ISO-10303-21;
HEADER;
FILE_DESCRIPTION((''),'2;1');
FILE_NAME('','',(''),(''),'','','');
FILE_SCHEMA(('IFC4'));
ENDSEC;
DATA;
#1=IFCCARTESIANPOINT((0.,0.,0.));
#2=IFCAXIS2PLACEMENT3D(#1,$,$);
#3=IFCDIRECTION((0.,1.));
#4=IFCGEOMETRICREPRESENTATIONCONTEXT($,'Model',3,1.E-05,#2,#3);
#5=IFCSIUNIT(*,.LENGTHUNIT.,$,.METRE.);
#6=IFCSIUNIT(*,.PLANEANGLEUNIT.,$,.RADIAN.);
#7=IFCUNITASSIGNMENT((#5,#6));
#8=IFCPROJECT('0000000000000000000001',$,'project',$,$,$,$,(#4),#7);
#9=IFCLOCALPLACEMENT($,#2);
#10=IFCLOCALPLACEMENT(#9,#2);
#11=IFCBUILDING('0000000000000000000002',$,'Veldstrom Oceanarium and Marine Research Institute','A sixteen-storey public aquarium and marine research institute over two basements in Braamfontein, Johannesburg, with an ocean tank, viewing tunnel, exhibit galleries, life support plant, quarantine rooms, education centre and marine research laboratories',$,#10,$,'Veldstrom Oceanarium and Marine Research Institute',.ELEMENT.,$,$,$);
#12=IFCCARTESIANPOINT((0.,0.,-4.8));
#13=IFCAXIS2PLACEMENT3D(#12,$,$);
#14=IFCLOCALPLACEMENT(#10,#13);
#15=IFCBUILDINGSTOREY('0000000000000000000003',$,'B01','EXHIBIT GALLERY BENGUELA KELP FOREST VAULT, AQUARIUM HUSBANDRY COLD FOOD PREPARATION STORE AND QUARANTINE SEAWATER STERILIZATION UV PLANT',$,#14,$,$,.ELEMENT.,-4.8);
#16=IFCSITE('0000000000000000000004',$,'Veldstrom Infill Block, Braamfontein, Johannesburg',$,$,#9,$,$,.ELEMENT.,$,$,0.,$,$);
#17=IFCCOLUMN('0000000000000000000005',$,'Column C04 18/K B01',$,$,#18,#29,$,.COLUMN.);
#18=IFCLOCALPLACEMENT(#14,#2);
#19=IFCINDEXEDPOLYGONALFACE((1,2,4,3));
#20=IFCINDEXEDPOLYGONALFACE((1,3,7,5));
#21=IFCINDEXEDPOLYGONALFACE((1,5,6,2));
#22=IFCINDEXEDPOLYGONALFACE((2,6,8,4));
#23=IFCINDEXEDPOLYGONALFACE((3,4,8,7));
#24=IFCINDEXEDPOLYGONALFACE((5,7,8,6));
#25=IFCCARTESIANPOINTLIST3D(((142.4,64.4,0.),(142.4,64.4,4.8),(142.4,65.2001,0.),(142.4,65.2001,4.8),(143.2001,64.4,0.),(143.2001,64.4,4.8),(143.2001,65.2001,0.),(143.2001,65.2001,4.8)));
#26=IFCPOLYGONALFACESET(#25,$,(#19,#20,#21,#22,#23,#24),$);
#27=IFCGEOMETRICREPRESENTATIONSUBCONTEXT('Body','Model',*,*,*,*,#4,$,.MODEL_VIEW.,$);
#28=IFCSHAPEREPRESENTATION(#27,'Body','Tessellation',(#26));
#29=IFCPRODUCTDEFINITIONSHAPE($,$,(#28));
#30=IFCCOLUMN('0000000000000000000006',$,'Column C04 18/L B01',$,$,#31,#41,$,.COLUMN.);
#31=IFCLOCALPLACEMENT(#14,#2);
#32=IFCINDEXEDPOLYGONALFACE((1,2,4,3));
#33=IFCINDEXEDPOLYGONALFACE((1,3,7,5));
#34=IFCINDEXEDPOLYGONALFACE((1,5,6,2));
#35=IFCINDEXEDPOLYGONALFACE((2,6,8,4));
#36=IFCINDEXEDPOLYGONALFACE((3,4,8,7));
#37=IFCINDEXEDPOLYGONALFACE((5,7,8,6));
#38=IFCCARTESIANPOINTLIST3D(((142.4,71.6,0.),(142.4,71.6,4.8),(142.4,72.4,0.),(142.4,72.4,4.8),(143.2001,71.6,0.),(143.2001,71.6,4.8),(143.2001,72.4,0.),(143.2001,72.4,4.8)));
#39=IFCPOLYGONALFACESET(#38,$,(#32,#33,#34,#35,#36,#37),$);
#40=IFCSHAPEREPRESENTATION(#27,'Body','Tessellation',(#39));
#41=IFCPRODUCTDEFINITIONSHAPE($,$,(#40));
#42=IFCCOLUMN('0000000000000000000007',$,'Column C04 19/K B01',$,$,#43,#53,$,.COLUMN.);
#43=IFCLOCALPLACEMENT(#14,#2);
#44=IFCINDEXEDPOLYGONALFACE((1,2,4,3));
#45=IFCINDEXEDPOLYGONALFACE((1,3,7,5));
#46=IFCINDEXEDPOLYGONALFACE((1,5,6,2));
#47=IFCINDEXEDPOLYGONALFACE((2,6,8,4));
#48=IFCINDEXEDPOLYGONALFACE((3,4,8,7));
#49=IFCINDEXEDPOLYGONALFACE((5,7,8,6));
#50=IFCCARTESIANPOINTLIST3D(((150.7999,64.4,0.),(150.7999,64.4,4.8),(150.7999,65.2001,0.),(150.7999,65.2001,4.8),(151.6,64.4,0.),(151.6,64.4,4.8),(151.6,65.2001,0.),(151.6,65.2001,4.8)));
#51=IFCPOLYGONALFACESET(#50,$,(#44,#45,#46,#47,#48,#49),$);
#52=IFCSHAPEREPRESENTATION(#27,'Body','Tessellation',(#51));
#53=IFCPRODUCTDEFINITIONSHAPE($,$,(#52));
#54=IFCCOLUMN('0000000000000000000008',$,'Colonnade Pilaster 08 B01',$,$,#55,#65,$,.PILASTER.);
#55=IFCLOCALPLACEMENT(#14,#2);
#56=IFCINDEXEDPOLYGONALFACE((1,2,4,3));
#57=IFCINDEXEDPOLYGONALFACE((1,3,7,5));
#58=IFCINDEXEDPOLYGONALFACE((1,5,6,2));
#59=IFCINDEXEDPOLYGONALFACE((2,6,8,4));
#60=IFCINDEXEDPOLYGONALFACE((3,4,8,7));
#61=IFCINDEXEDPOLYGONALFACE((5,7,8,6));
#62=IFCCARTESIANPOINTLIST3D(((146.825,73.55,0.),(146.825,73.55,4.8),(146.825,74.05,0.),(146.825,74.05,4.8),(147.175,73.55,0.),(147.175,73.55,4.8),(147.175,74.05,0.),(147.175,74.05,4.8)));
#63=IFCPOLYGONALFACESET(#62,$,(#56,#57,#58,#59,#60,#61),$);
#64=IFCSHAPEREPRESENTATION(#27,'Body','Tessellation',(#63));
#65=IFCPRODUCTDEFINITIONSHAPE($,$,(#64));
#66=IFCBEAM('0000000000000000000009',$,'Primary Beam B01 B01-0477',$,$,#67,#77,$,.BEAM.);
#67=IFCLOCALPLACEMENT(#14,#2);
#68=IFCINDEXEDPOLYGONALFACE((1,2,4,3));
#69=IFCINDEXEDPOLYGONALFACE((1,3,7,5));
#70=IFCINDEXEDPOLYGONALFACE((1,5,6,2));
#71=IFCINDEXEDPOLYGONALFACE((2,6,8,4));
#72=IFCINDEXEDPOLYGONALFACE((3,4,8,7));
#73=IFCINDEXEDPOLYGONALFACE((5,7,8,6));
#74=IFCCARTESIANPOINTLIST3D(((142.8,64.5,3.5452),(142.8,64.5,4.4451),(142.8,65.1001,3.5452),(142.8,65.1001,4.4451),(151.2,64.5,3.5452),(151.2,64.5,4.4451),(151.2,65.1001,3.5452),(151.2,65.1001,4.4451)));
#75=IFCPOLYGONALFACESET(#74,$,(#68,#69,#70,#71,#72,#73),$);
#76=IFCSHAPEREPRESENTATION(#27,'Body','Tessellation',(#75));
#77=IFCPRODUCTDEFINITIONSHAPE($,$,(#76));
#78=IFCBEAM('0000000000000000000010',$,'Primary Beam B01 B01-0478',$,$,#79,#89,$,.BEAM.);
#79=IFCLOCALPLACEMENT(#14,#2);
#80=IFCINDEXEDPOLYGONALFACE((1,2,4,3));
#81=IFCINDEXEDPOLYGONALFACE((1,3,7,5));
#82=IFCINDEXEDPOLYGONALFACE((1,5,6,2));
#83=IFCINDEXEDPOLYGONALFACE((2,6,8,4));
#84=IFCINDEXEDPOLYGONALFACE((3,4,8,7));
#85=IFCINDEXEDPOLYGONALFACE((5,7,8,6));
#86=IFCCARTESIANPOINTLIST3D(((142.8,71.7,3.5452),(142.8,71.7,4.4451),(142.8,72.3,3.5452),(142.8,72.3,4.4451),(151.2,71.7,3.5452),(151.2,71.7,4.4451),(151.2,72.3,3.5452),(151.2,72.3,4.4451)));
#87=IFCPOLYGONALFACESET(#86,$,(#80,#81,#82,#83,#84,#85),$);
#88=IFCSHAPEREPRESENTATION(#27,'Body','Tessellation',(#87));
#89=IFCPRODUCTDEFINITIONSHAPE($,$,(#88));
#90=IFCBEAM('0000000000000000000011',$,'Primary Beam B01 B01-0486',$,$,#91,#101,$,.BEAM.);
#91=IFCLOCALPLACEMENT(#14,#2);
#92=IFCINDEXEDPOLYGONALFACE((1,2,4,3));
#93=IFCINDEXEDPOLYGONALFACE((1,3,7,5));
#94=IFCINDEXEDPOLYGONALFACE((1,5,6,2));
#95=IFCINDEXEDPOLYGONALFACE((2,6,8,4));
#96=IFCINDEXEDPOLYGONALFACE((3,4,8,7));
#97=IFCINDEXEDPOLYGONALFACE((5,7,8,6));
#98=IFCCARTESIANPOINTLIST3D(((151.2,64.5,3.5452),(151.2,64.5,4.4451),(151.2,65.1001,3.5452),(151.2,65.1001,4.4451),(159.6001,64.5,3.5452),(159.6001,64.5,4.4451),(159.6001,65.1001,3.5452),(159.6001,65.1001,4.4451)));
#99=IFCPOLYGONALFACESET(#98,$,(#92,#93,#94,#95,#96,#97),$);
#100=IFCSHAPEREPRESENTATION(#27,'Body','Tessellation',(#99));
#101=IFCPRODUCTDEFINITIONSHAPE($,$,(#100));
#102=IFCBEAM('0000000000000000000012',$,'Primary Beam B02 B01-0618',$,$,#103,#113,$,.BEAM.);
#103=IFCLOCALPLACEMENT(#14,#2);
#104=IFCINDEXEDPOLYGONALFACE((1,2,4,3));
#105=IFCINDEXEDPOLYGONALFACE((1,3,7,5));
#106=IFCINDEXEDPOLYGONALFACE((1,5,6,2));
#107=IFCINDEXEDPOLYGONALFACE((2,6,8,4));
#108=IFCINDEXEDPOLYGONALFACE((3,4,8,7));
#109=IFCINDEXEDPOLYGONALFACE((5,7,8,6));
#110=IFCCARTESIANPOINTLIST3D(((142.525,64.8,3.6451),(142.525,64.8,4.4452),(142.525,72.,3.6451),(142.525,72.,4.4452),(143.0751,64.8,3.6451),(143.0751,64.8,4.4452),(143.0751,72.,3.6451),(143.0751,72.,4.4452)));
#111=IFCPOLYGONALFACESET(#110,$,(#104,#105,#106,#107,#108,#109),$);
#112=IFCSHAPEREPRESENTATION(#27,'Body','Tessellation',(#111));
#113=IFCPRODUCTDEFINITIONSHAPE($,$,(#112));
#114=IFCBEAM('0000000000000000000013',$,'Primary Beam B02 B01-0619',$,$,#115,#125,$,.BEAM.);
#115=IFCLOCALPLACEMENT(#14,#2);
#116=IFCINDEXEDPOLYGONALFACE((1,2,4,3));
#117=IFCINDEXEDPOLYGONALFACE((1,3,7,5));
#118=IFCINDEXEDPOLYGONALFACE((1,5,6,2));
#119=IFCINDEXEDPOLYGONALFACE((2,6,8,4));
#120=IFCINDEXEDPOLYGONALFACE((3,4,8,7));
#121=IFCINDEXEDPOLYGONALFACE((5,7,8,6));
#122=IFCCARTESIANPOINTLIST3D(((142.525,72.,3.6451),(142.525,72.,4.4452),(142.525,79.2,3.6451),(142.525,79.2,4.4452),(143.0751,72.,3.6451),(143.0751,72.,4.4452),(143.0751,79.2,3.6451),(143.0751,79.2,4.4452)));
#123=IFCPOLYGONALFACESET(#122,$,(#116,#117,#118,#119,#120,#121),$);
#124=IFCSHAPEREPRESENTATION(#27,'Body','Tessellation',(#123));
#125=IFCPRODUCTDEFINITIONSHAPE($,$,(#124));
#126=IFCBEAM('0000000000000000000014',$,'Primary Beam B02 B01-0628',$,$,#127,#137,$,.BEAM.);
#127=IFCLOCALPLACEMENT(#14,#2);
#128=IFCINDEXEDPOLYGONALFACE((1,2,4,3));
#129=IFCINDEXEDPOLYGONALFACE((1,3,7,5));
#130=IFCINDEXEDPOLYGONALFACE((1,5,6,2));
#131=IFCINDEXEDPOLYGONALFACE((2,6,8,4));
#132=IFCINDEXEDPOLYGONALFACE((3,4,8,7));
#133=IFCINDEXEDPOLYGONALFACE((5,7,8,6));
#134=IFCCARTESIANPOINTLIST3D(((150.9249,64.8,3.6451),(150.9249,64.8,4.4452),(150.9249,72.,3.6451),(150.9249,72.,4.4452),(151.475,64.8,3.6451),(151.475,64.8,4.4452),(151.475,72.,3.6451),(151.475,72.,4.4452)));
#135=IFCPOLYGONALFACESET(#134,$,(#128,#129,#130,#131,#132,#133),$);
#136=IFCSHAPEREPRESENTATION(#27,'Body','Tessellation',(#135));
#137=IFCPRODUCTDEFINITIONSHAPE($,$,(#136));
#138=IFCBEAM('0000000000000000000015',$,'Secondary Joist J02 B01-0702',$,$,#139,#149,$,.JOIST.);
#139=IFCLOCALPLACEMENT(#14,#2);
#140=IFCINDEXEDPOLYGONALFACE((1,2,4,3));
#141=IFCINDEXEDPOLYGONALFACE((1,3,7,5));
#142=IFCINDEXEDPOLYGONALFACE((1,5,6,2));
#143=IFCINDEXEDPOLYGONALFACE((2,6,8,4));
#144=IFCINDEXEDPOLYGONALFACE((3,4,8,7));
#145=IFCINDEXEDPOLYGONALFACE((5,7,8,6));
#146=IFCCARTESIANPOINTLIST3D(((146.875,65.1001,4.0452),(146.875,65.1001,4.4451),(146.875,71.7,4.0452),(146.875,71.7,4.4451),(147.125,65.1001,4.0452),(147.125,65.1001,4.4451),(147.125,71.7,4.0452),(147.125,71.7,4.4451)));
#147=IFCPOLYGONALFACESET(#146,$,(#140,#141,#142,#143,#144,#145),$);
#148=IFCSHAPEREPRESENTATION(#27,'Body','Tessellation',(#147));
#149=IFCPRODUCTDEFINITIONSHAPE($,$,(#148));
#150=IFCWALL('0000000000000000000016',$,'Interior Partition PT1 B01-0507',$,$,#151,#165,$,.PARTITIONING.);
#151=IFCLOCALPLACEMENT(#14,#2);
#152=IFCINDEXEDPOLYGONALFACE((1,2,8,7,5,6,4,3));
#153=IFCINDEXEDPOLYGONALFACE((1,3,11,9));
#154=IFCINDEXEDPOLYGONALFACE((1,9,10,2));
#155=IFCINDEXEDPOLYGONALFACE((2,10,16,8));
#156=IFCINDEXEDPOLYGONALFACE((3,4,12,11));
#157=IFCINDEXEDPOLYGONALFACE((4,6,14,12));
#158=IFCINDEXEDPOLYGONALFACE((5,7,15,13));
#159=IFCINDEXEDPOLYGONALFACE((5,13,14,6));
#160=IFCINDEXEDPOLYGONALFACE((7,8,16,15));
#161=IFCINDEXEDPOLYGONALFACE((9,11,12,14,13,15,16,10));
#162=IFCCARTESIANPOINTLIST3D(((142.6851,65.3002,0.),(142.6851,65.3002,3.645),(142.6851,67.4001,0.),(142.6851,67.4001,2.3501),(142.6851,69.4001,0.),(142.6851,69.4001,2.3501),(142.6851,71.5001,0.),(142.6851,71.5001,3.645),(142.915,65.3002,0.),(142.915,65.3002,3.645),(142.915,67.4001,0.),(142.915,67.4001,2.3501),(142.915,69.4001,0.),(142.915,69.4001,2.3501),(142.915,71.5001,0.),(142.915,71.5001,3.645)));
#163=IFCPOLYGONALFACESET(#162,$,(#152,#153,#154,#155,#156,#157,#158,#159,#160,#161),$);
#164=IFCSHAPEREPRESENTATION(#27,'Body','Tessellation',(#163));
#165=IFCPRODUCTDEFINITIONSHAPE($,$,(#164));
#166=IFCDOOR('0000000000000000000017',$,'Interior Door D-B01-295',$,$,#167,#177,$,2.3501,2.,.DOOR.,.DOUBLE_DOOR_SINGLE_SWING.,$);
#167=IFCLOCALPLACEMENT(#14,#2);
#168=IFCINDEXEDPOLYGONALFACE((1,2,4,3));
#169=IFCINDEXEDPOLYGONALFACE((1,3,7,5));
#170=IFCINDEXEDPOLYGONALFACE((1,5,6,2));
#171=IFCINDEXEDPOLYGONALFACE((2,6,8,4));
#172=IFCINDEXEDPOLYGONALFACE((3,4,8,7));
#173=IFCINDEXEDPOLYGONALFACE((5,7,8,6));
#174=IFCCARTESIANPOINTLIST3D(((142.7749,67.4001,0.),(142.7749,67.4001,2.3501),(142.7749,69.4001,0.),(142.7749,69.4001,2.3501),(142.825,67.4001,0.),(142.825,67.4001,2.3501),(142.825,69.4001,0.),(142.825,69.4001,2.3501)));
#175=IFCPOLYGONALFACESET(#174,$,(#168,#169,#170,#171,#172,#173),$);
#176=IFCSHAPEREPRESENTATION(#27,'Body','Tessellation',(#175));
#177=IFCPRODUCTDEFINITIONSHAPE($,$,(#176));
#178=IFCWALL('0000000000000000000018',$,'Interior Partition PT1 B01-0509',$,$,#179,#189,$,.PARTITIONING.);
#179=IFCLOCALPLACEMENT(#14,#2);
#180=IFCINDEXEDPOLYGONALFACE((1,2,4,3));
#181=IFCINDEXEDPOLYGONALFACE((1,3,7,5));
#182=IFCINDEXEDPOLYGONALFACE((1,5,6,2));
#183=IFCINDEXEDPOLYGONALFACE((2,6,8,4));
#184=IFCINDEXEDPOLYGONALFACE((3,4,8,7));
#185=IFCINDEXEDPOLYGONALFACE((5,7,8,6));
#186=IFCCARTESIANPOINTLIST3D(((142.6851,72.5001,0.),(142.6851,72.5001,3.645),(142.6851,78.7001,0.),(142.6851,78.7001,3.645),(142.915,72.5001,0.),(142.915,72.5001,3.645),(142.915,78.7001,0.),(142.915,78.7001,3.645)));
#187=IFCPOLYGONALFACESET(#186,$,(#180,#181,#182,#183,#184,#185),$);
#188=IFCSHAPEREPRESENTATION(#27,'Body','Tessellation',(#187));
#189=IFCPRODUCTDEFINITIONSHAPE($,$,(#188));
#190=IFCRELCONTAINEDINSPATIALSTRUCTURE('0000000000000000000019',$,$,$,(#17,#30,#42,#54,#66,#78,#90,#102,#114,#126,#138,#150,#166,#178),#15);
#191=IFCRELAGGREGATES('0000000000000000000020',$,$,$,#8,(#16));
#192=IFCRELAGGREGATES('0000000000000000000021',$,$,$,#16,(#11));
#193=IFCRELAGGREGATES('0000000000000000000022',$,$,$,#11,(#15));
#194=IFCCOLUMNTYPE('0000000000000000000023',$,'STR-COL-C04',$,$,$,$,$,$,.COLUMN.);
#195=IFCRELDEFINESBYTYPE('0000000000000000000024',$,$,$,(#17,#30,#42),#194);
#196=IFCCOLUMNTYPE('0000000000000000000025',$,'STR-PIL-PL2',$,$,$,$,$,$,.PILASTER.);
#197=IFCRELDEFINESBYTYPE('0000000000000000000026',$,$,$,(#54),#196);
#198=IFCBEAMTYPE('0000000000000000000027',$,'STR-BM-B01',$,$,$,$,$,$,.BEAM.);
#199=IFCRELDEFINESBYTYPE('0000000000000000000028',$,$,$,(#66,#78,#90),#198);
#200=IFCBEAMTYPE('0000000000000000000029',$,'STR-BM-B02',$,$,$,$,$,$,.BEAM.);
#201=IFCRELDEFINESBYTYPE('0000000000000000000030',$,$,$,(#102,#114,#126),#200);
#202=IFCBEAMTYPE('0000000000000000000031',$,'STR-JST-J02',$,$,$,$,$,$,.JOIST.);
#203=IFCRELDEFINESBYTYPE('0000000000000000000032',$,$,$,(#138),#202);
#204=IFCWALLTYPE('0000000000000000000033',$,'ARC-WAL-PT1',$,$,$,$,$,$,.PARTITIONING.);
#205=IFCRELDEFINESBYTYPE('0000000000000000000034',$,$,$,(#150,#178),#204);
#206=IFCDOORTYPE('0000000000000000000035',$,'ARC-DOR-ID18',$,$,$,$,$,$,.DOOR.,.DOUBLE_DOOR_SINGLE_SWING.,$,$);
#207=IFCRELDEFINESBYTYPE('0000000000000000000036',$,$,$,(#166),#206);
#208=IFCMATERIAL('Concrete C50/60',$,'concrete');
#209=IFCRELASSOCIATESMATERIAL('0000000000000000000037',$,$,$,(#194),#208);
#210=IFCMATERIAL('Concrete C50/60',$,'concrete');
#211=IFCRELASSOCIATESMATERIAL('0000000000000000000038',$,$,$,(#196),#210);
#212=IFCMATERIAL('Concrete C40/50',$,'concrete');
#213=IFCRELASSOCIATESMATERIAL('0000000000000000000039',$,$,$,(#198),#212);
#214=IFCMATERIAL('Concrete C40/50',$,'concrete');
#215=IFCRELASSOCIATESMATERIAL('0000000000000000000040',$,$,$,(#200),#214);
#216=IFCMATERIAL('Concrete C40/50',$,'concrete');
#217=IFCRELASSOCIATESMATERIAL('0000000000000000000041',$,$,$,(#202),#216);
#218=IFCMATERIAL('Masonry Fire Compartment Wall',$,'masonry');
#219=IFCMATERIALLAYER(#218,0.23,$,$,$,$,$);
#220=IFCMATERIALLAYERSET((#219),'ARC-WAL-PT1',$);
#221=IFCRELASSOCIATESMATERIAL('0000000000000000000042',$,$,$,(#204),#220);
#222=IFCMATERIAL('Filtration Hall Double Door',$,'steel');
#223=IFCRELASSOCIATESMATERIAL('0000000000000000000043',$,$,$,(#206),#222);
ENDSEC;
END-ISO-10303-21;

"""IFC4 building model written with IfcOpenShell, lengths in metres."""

from ifc_helpers import new_model, si_unit, direction, frame, frame_2d, origin, origin_2d, place, context, subcontext, project, spatial, rectangle, extrude, material, layer, layer_set, material_profile, profile_set, type_object, element, fill, save


model = new_model("IFC4")

# Units and contexts
model_context = context("Model", 3, precision=1e-05, world=origin(), true_north=direction((0.0, 1.0)))
body_context = subcontext(model_context, "Body", "Model", "MODEL_VIEW")
ifc_project = project(units=[si_unit("LENGTHUNIT", "METRE"), si_unit("PLANEANGLEUNIT", "RADIAN")], contexts=[model_context])

# Site, building, storey
site_placement = place(None, origin())
site = spatial("IfcSite", under=ifc_project, at=site_placement, Name="Veldstrom Infill Block, Braamfontein, Johannesburg", CompositionType="ELEMENT", RefElevation=0.0)
building_placement = place(site_placement, origin())
building = spatial("IfcBuilding", under=site, at=building_placement, Name="Veldstrom Oceanarium and Marine Research Institute", Description="A sixteen-storey public aquarium and marine research institute over two basements in Braamfontein, Johannesburg, with an ocean tank, viewing tunnel, exhibit galleries, life support plant, quarantine rooms, education centre and marine research laboratories", LongName="Veldstrom Oceanarium and Marine Research Institute", CompositionType="ELEMENT")
storey_placement = place(building_placement, frame((0.0, 0.0, -4.8)))
storey = spatial("IfcBuildingStorey", under=building, at=storey_placement, Name="B01", Description="EXHIBIT GALLERY BENGUELA KELP FOREST VAULT, AQUARIUM HUSBANDRY COLD FOOD PREPARATION STORE AND QUARANTINE SEAWATER STERILIZATION UV PLANT", CompositionType="ELEMENT", Elevation=-4.8)

# Columns
ifc_material_1 = material(Name="Concrete C50/60", Category="concrete")
ifc_material_profile_1 = material_profile(ifc_material_1, rectangle(XDim=0.8, YDim=0.8, at=origin_2d()), Name="RC-COL-800x800")
ifc_profile_set_1 = profile_set([ifc_material_profile_1], Name="Concrete C50/60")
column_type_1 = type_object("IfcColumnType", Name="STR-COL-C04", PredefinedType="COLUMN", material=ifc_profile_set_1)
for number, where, z_axis, x_axis, name in (
    (1, (142.8, 64.8, 0.0), (0.0, 0.0, 1.0), (1.0, 0.0, 0.0), "Column C04 18/K B01"),
    (2, (142.8, 72.0, 0.0), (0.0, 0.0, 1.0), (1.0, 0.0, 0.0), "Column C04 18/L B01"),
    (3, (151.2, 64.8, 0.0), (0.0, 0.0, 1.0), (1.0, 0.0, 0.0), "Column C04 19/K B01"),
):
    element("IfcColumn", number, at=place(storey_placement, frame(where, z_axis=z_axis, x_axis=x_axis)), inside=storey, type_object=column_type_1, Name=name, PredefinedType="COLUMN", context=body_context, shape_type="SweptSolid", body=[
        extrude(rectangle(XDim=0.8, YDim=0.8, at=origin_2d()), origin(), (0.0, 0.0, 1.0), 4.8),
    ])
ifc_material_2 = material(Name="Concrete C50/60", Category="concrete")
ifc_material_profile_2 = material_profile(ifc_material_2, rectangle(XDim=0.3501, YDim=0.5, at=origin_2d()), Name="RC-PIL-500x350")
ifc_profile_set_2 = profile_set([ifc_material_profile_2], Name="Concrete C50/60")
column_type_2 = type_object("IfcColumnType", Name="STR-PIL-PL2", PredefinedType="PILASTER", material=ifc_profile_set_2)
column_placement = place(storey_placement, frame((147.0, 73.8, 0.0), z_axis=(0.0, 0.0, 1.0), x_axis=(1.0, 0.0, 0.0)))
element("IfcColumn", 4, at=column_placement, inside=storey, type_object=column_type_2, Name="Colonnade Pilaster 08 B01", PredefinedType="PILASTER", context=body_context, shape_type="SweptSolid", body=[
    extrude(rectangle(XDim=0.3501, YDim=0.5, at=origin_2d()), origin(), (0.0, 0.0, 1.0), 4.8),
])

# Beams
ifc_material_3 = material(Name="Concrete C40/50", Category="concrete")
ifc_material_profile_3 = material_profile(ifc_material_3, rectangle(XDim=0.6001, YDim=0.8999, at=origin_2d()), Name="RC-BM-600x900")
ifc_profile_set_3 = profile_set([ifc_material_profile_3], Name="Concrete C40/50")
beam_type_1 = type_object("IfcBeamType", Name="STR-BM-B01", PredefinedType="BEAM", material=ifc_profile_set_3)
for number, where, z_axis, x_axis, name in (
    (5, (142.8, 64.8, 3.9951), (1.0, 0.0, 0.0), (0.0, 1.0, 0.0), "Primary Beam B01 B01-0477"),
    (6, (142.8, 72.0, 3.9951), (1.0, 0.0, 0.0), (0.0, 1.0, 0.0), "Primary Beam B01 B01-0478"),
):
    element("IfcBeam", number, at=place(storey_placement, frame(where, z_axis=z_axis, x_axis=x_axis)), inside=storey, type_object=beam_type_1, Name=name, PredefinedType="BEAM", context=body_context, shape_type="SweptSolid", body=[
        extrude(rectangle(XDim=0.6001, YDim=0.8999, at=origin_2d()), origin(), (0.0, 0.0, 1.0), 8.3999),
    ])
beam_1_placement = place(storey_placement, frame((151.2, 64.8, 3.9951), z_axis=(1.0, 0.0, 0.0), x_axis=(0.0, 1.0, 0.0)))
element("IfcBeam", 7, at=beam_1_placement, inside=storey, type_object=beam_type_1, Name="Primary Beam B01 B01-0486", PredefinedType="BEAM", context=body_context, shape_type="SweptSolid", body=[
    extrude(rectangle(XDim=0.6001, YDim=0.8999, at=origin_2d()), origin(), (0.0, 0.0, 1.0), 8.4001),
])
ifc_material_4 = material(Name="Concrete C40/50", Category="concrete")
ifc_material_profile_4 = material_profile(ifc_material_4, rectangle(XDim=0.55, YDim=0.8, at=origin_2d()), Name="RC-BM-550x800")
ifc_profile_set_4 = profile_set([ifc_material_profile_4], Name="Concrete C40/50")
beam_type_2 = type_object("IfcBeamType", Name="STR-BM-B02", PredefinedType="BEAM", material=ifc_profile_set_4)
for number, where, z_axis, x_axis, name in (
    (8, (142.8, 64.8, 4.0452), (0.0, 1.0, 0.0), (-1.0, 0.0, 0.0), "Primary Beam B02 B01-0618"),
    (9, (142.8, 72.0, 4.0452), (0.0, 1.0, 0.0), (-1.0, 0.0, 0.0), "Primary Beam B02 B01-0619"),
    (10, (151.2, 64.8, 4.0452), (0.0, 1.0, 0.0), (-1.0, 0.0, 0.0), "Primary Beam B02 B01-0628"),
):
    element("IfcBeam", number, at=place(storey_placement, frame(where, z_axis=z_axis, x_axis=x_axis)), inside=storey, type_object=beam_type_2, Name=name, PredefinedType="BEAM", context=body_context, shape_type="SweptSolid", body=[
        extrude(rectangle(XDim=0.55, YDim=0.8, at=origin_2d()), origin(), (0.0, 0.0, 1.0), 7.2),
    ])
ifc_material_5 = material(Name="Concrete C40/50", Category="concrete")
ifc_material_profile_5 = material_profile(ifc_material_5, rectangle(XDim=0.25, YDim=0.3999, at=origin_2d()), Name="RC-JST-250x400")
ifc_profile_set_5 = profile_set([ifc_material_profile_5], Name="Concrete C40/50")
beam_type_3 = type_object("IfcBeamType", Name="STR-JST-J02", PredefinedType="JOIST", material=ifc_profile_set_5)
beam_2_placement = place(storey_placement, frame((147.0, 65.1001, 4.2451), z_axis=(0.0, 1.0, 0.0), x_axis=(-1.0, 0.0, 0.0)))
element("IfcBeam", 11, at=beam_2_placement, inside=storey, type_object=beam_type_3, Name="Secondary Joist J02 B01-0702", PredefinedType="JOIST", context=body_context, shape_type="SweptSolid", body=[
    extrude(rectangle(XDim=0.25, YDim=0.3999, at=origin_2d()), origin(), (0.0, 0.0, 1.0), 6.5999),
])

# Wall, opening, door
ifc_material_6 = material(Name="Masonry Fire Compartment Wall", Category="masonry")
ifc_layer_1 = layer(ifc_material_6, 0.23)
ifc_layer_set_1 = layer_set([ifc_layer_1], Name="ARC-WAL-PT1")
wall_type_1 = type_object("IfcWallType", Name="ARC-WAL-PT1", PredefinedType="PARTITIONING", material=ifc_layer_set_1)
wall_1_placement = place(storey_placement, frame((142.8, 65.3, 0.0), z_axis=(0.0, 0.0, 1.0), x_axis=(0.0, 1.0, 0.0)))
wall_1 = element("IfcWall", 12, at=wall_1_placement, inside=storey, type_object=wall_type_1, Name="Interior Partition PT1 B01-0507", PredefinedType="PARTITIONING", context=body_context, shape_type="SweptSolid", body=[
    extrude(rectangle(XDim=6.2, YDim=0.23, at=frame_2d((3.1001, 0.0))), origin(), (0.0, 0.0, 1.0), 3.645),
])
opening_1_placement = place(wall_1_placement, frame((2.1001, 0.0, 0.0)))
opening_1 = element("IfcOpeningElement", 13, at=opening_1_placement, cuts=wall_1, PredefinedType="OPENING", context=body_context, shape_type="SweptSolid", body=[
    extrude(rectangle(XDim=2.0, YDim=2.3501, at=frame_2d((1.0, 1.175))), frame((0.0, 0.125, 0.0), z_axis=(0.0, -1.0, 0.0), x_axis=(1.0, 0.0, 0.0)), (0.0, 0.0, 1.0), 0.25),
])
ifc_material_7 = material(Name="Filtration Hall Double Door", Category="steel")
door_type_1 = type_object("IfcDoorType", Name="ARC-DOR-ID18", OperationType="DOUBLE_DOOR_SINGLE_SWING", PredefinedType="DOOR", material=ifc_material_7)
door_1_placement = place(opening_1_placement, frame((2.0, 0.0, 0.0), z_axis=(0.0, 0.0, 1.0), x_axis=(-1.0, 0.0, 0.0)))
door_1 = element("IfcDoor", 14, at=door_1_placement, inside=storey, type_object=door_type_1, Name="Interior Door D-B01-295", OperationType="DOUBLE_DOOR_SINGLE_SWING", OverallHeight=2.3501, OverallWidth=2.0, PredefinedType="DOOR", context=body_context, shape_type="SweptSolid", body=[
    extrude(rectangle(XDim=2.0, YDim=2.3501, at=frame_2d((1.0, 1.175))), frame((0.0, 0.0249, 0.0), z_axis=(0.0, -1.0, 0.0), x_axis=(1.0, 0.0, 0.0)), (0.0, 0.0, 1.0), 0.05),
])
fill(opening_1, door_1)

# Wall
wall_2_placement = place(storey_placement, frame((142.8, 72.5, 0.0), z_axis=(0.0, 0.0, 1.0), x_axis=(0.0, 1.0, 0.0)))
element("IfcWall", 15, at=wall_2_placement, inside=storey, type_object=wall_type_1, Name="Interior Partition PT1 B01-0509", PredefinedType="PARTITIONING", context=body_context, shape_type="SweptSolid", body=[
    extrude(rectangle(XDim=6.2, YDim=0.23, at=frame_2d((3.1001, 0.0))), origin(), (0.0, 0.0, 1.0), 3.645),
])

save(model, "model.ifc")
